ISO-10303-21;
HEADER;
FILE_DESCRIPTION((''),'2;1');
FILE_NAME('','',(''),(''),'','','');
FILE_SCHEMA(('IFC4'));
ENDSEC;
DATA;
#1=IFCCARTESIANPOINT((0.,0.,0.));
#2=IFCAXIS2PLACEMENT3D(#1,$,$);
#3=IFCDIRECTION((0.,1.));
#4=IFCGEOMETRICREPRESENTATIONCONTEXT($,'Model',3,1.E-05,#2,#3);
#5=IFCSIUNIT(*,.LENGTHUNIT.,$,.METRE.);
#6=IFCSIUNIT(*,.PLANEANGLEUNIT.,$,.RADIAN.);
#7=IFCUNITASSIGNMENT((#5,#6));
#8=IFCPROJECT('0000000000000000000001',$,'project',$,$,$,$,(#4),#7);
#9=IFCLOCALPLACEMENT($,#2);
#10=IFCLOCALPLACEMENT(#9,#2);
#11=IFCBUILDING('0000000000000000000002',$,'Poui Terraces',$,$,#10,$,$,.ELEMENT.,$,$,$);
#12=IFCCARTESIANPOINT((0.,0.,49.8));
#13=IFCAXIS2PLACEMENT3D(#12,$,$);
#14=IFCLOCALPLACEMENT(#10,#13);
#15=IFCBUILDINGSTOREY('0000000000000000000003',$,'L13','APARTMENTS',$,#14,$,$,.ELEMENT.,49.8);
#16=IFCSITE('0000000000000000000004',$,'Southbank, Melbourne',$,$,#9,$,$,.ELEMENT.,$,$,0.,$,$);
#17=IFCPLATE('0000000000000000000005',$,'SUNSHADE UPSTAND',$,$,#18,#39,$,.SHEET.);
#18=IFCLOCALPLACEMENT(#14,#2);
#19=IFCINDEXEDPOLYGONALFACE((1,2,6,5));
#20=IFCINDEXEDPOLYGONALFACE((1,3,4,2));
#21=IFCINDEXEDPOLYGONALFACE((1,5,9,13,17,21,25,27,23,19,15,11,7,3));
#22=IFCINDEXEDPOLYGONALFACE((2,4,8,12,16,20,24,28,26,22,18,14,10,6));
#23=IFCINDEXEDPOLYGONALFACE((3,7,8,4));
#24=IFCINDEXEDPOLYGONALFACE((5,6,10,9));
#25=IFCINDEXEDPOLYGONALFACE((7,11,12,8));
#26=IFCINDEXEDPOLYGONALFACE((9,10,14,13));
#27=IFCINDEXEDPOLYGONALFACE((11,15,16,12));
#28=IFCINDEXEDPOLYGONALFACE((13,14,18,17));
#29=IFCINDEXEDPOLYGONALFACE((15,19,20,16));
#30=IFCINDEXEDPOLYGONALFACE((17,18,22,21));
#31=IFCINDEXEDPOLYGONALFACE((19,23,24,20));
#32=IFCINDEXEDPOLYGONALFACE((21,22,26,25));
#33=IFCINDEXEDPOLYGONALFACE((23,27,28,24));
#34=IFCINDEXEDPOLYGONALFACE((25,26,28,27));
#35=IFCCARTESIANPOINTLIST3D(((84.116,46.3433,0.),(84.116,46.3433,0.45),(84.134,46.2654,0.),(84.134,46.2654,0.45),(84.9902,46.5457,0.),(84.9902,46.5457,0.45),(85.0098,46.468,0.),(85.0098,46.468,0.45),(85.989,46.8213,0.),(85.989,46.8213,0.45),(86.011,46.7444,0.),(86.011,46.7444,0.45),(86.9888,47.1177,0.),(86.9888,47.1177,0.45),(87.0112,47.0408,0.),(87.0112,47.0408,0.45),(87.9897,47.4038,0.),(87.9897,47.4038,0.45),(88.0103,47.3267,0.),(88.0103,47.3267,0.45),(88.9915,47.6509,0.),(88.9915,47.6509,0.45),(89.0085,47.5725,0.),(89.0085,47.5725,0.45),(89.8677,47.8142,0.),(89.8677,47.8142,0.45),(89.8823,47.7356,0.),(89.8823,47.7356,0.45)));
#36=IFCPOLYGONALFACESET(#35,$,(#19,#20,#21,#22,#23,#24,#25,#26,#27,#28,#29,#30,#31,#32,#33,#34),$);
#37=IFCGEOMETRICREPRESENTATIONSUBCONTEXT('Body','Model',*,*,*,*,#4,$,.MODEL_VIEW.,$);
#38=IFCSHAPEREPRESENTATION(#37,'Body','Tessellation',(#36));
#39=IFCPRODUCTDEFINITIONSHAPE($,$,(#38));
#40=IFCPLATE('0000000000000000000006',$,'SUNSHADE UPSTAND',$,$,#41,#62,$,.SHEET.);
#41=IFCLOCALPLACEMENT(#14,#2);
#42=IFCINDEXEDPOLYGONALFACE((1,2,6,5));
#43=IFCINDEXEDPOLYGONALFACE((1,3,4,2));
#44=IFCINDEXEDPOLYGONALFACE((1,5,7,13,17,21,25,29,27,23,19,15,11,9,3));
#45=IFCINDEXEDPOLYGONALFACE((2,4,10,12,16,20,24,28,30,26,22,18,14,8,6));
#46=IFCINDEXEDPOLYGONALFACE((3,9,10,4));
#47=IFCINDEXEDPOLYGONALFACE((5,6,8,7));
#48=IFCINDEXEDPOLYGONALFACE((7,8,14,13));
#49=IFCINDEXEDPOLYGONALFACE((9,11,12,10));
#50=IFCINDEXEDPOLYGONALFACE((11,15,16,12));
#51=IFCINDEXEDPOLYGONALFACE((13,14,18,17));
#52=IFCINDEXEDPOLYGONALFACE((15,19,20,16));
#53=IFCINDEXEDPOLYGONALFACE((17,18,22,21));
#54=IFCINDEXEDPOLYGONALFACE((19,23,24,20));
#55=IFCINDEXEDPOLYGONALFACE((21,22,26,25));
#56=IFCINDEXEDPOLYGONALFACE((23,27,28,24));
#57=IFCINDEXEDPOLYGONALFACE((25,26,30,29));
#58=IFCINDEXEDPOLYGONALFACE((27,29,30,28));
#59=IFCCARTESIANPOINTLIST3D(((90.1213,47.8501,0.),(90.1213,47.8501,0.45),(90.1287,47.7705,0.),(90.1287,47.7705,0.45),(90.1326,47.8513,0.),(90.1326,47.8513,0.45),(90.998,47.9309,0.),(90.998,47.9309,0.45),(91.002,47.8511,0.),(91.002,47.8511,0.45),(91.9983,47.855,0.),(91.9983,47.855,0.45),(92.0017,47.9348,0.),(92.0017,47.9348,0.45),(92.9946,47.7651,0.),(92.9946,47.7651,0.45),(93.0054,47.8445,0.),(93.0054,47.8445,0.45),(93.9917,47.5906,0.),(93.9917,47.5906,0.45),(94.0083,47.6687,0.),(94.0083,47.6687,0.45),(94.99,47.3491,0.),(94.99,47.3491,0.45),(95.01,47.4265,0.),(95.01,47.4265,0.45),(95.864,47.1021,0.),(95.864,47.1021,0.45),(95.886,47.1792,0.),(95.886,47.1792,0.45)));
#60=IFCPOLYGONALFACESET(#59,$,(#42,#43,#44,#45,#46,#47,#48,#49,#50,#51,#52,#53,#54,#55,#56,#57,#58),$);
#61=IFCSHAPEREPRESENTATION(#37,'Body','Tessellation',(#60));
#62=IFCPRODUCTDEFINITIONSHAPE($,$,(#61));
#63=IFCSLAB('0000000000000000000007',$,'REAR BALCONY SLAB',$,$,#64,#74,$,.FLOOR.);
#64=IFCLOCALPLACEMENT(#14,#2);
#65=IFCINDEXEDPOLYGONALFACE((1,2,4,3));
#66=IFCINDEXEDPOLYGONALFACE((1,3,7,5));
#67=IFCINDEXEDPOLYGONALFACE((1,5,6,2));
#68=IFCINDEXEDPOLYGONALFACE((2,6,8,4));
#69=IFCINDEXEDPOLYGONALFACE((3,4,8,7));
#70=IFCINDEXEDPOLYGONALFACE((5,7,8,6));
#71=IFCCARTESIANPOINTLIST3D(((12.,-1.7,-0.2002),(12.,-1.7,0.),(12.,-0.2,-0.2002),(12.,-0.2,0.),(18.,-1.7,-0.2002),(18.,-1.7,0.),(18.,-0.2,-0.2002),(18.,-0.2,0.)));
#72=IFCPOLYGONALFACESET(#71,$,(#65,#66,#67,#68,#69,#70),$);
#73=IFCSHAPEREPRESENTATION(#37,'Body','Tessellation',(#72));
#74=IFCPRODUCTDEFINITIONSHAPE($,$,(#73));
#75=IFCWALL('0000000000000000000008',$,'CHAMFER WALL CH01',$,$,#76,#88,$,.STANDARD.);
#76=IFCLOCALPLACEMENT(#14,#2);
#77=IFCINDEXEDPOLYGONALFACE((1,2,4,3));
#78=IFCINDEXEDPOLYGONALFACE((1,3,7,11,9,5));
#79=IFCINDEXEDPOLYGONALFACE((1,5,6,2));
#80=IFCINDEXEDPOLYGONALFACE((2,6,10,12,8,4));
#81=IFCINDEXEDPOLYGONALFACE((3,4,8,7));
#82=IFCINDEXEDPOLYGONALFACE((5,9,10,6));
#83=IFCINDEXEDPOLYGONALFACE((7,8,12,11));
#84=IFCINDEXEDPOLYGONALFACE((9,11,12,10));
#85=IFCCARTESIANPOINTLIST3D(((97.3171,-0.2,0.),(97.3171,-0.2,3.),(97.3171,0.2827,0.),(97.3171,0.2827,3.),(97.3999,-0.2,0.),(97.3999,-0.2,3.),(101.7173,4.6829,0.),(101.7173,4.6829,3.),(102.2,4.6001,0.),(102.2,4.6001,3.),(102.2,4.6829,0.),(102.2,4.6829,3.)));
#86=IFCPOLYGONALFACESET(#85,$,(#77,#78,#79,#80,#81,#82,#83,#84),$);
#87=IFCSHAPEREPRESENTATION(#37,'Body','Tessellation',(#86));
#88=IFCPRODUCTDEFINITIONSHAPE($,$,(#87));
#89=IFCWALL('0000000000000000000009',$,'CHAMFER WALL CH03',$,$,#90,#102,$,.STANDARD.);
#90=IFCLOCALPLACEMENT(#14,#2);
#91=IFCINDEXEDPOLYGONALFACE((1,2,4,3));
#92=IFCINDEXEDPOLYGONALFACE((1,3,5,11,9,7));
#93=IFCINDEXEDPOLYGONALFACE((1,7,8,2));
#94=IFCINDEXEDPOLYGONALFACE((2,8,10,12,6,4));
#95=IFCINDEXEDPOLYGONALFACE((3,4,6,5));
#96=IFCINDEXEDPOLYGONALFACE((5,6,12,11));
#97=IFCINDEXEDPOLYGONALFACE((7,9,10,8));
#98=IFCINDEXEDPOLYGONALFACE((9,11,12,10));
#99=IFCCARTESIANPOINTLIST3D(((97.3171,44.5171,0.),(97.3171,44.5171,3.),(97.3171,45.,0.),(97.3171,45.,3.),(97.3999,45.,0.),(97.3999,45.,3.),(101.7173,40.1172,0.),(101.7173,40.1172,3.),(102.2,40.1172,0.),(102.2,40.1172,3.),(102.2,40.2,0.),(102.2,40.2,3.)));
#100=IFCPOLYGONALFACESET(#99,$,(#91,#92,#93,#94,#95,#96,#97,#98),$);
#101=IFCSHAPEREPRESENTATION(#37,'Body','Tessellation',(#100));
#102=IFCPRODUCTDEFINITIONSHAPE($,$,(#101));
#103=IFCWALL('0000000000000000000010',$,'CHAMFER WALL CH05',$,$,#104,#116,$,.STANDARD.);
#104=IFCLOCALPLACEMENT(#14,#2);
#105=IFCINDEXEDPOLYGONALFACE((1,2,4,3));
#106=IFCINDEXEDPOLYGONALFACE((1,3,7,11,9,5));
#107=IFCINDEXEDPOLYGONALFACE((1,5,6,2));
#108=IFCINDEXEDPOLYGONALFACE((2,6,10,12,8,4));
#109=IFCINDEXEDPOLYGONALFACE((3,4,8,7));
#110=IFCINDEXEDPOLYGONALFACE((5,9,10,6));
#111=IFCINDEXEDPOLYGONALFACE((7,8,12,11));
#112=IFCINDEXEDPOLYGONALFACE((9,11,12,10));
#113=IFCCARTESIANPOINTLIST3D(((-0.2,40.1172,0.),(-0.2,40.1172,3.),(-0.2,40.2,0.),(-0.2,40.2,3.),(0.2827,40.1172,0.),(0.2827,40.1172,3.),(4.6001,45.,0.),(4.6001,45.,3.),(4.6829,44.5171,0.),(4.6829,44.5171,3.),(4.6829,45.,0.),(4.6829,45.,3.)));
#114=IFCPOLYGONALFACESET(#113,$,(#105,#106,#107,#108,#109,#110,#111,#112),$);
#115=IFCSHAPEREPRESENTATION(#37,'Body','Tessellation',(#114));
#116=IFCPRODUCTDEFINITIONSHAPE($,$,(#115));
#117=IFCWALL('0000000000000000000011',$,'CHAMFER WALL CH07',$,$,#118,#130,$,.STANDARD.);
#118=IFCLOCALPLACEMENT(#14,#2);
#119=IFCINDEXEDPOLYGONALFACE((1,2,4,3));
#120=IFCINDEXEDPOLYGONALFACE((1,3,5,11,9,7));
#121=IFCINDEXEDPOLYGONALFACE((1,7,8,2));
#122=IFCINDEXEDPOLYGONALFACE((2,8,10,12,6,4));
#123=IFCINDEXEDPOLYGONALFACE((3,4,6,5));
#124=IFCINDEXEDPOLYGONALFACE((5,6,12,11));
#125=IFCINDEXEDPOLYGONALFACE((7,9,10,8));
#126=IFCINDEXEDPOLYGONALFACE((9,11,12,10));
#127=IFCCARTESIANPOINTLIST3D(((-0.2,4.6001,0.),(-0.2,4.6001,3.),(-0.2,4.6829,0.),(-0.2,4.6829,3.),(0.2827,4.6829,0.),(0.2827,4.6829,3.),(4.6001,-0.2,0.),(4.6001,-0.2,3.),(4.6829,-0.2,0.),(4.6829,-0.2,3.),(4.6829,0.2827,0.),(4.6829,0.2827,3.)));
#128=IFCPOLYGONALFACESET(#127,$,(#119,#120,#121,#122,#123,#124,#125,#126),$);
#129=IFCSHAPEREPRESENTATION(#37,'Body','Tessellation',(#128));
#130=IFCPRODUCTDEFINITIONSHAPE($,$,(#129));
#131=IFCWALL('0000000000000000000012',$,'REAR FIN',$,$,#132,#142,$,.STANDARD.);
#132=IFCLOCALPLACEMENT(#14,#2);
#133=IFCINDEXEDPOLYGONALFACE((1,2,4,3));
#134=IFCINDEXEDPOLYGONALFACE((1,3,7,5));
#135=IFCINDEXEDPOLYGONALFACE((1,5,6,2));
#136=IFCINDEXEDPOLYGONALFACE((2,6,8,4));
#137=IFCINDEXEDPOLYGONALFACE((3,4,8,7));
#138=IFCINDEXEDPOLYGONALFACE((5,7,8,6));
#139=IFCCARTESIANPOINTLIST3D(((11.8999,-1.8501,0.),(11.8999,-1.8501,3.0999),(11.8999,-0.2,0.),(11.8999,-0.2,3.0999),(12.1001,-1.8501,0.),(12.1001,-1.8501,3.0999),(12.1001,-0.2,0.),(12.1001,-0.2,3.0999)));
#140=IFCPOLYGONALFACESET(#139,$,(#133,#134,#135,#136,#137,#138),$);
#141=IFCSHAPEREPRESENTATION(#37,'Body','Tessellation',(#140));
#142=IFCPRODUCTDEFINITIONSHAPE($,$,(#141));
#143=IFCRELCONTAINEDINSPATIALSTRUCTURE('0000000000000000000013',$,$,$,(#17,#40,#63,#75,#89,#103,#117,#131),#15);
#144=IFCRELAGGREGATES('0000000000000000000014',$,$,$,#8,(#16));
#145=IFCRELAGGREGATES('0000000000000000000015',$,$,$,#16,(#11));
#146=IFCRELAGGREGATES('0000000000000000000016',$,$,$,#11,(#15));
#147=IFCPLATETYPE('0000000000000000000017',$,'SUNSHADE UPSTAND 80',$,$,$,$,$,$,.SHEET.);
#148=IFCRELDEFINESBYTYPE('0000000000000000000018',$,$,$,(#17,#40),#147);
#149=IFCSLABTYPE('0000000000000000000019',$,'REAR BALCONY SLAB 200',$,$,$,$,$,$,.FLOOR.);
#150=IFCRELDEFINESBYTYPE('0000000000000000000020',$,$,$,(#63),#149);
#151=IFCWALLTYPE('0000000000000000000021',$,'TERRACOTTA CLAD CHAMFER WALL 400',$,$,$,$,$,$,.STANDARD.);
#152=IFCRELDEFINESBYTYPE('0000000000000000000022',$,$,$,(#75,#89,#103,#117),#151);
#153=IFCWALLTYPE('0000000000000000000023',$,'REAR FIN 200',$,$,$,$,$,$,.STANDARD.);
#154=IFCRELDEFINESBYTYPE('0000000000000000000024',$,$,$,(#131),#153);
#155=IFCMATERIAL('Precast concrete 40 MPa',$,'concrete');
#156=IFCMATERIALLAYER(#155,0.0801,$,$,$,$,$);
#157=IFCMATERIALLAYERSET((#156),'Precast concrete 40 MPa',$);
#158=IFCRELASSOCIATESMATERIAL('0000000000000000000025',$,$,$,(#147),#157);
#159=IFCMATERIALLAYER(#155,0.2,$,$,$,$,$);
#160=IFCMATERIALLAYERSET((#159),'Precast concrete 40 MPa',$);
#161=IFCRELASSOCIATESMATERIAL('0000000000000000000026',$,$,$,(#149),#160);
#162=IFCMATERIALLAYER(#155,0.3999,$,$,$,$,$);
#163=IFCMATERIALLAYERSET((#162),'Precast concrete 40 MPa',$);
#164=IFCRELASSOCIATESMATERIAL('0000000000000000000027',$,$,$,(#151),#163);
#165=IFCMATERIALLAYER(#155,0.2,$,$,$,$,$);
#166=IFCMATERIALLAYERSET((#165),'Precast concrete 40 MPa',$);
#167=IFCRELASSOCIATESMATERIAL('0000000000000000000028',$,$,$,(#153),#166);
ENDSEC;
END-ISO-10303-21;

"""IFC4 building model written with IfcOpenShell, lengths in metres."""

from ifc_helpers import new_model, si_unit, direction, frame, origin, place, context, subcontext, project, spatial, polyline, outline, extrude, source, transform, mapped, material, layer, layer_set, type_object, element, save


model = new_model("IFC4")

# Units and contexts
model_context = context("Model", 3, precision=1e-05, world=origin(), true_north=direction((0.0, 1.0)))
body_context = subcontext(model_context, "Body", "Model", "MODEL_VIEW")
ifc_project = project(units=[si_unit("LENGTHUNIT", "METRE"), si_unit("PLANEANGLEUNIT", "RADIAN")], contexts=[model_context])

# Site, building, storey
site_placement = place(None, origin())
site = spatial("IfcSite", under=ifc_project, at=site_placement, Name="Southbank, Melbourne", CompositionType="ELEMENT", RefElevation=0.0)
building_placement = place(site_placement, origin())
building = spatial("IfcBuilding", under=site, at=building_placement, Name="Poui Terraces", CompositionType="ELEMENT")
storey_placement = place(building_placement, frame((0.0, 0.0, 49.8)))
storey = spatial("IfcBuildingStorey", under=building, at=storey_placement, Name="L13", Description="APARTMENTS", CompositionType="ELEMENT", Elevation=49.8)

# Shared definitions
ifc_material_1 = material(Name="Precast concrete 40 MPa", Category="concrete")

# Plates
ifc_layer_1 = layer(ifc_material_1, 0.0801)
ifc_layer_set_1 = layer_set([ifc_layer_1], Name="Precast concrete 40 MPa")
plate_type = type_object("IfcPlateType", Name="SUNSHADE UPSTAND 80", PredefinedType="SHEET", material=ifc_layer_set_1)
plate_1_placement = place(storey_placement, origin())
element("IfcPlate", 1, at=plate_1_placement, inside=storey, type_object=plate_type, Name="SUNSHADE UPSTAND", PredefinedType="SHEET", context=body_context, shape_type="SweptSolid", body=[
    extrude(outline(polyline([(84.9902, 46.5457), (84.116, 46.3433), (84.134, 46.2654), (85.0098, 46.468), (86.011, 46.7444), (87.0112, 47.0408), (88.0103, 47.3267), (89.0085, 47.5725), (89.8823, 47.7356), (89.8677, 47.8142), (88.9915, 47.6509), (87.9897, 47.4038), (86.9888, 47.1177), (85.989, 46.8213), (84.9902, 46.5457)])), origin(), (0.0, 0.0, 1.0), 0.45),
])
plate_2_placement = place(storey_placement, origin())
element("IfcPlate", 2, at=plate_2_placement, inside=storey, type_object=plate_type, Name="SUNSHADE UPSTAND", PredefinedType="SHEET", context=body_context, shape_type="SweptSolid", body=[
    extrude(outline(polyline([(90.998, 47.9309), (90.1326, 47.8513), (90.1213, 47.8501), (90.1287, 47.7705), (91.002, 47.8511), (91.9983, 47.855), (92.9946, 47.7651), (93.9917, 47.5906), (94.99, 47.3491), (95.864, 47.1021), (95.886, 47.1792), (95.01, 47.4265), (94.0083, 47.6687), (93.0054, 47.8445), (92.0017, 47.9348), (90.998, 47.9309)])), origin(), (0.0, 0.0, 1.0), 0.45),
])

# Slab
ifc_layer_2 = layer(ifc_material_1, 0.2)
ifc_layer_set_2 = layer_set([ifc_layer_2], Name="Precast concrete 40 MPa")
slab_type_1 = type_object("IfcSlabType", Name="REAR BALCONY SLAB 200", PredefinedType="FLOOR", material=ifc_layer_set_2)
shared_shape_1 = source(origin(), body_context, "Body", "SweptSolid", [
    extrude(outline(polyline([(0.0, 0.0), (6.0, 0.0), (6.0, 1.5), (0.0, 1.5), (0.0, 0.0)])), origin(), (0.0, 0.0, 1.0), 0.2002),
])
slab_1_placement = place(storey_placement, frame((12.0, -1.7, -0.2002)))
element("IfcSlab", 3, at=slab_1_placement, inside=storey, type_object=slab_type_1, Name="REAR BALCONY SLAB", PredefinedType="FLOOR", context=body_context, shape_type="MappedRepresentation", body=[
    mapped(shared_shape_1, transform((0.0, 0.0, 0.0))),
])

# Walls
ifc_layer_3 = layer(ifc_material_1, 0.3999)
ifc_layer_set_3 = layer_set([ifc_layer_3], Name="Precast concrete 40 MPa")
wall_type_1 = type_object("IfcWallType", Name="TERRACOTTA CLAD CHAMFER WALL 400", PredefinedType="STANDARD", material=ifc_layer_set_3)
wall_1_placement = place(storey_placement, origin())
element("IfcWall", 4, at=wall_1_placement, inside=storey, type_object=wall_type_1, Name="CHAMFER WALL CH01", PredefinedType="STANDARD", context=body_context, shape_type="SweptSolid", body=[
    extrude(outline(polyline([(97.3171, -0.2), (97.3999, -0.2), (102.2, 4.6001), (102.2, 4.6829), (101.7173, 4.6829), (97.3171, 0.2827), (97.3171, -0.2)])), origin(), (0.0, 0.0, 1.0), 3.0),
])
wall_2_placement = place(storey_placement, origin())
element("IfcWall", 5, at=wall_2_placement, inside=storey, type_object=wall_type_1, Name="CHAMFER WALL CH03", PredefinedType="STANDARD", context=body_context, shape_type="SweptSolid", body=[
    extrude(outline(polyline([(102.2, 40.1172), (102.2, 40.2), (97.3999, 45.0), (97.3171, 45.0), (97.3171, 44.5171), (101.7173, 40.1172), (102.2, 40.1172)])), origin(), (0.0, 0.0, 1.0), 3.0),
])
wall_3_placement = place(storey_placement, origin())
element("IfcWall", 6, at=wall_3_placement, inside=storey, type_object=wall_type_1, Name="CHAMFER WALL CH05", PredefinedType="STANDARD", context=body_context, shape_type="SweptSolid", body=[
    extrude(outline(polyline([(4.6829, 45.0), (4.6001, 45.0), (-0.2, 40.2), (-0.2, 40.1172), (0.2827, 40.1172), (4.6829, 44.5171), (4.6829, 45.0)])), origin(), (0.0, 0.0, 1.0), 3.0),
])
wall_4_placement = place(storey_placement, origin())
element("IfcWall", 7, at=wall_4_placement, inside=storey, type_object=wall_type_1, Name="CHAMFER WALL CH07", PredefinedType="STANDARD", context=body_context, shape_type="SweptSolid", body=[
    extrude(outline(polyline([(-0.2, 4.6829), (-0.2, 4.6001), (4.6001, -0.2), (4.6829, -0.2), (4.6829, 0.2827), (0.2827, 4.6829), (-0.2, 4.6829)])), origin(), (0.0, 0.0, 1.0), 3.0),
])
ifc_layer_4 = layer(ifc_material_1, 0.2)
ifc_layer_set_4 = layer_set([ifc_layer_4], Name="Precast concrete 40 MPa")
wall_type_2 = type_object("IfcWallType", Name="REAR FIN 200", PredefinedType="STANDARD", material=ifc_layer_set_4)
shared_shape_2 = source(origin(), body_context, "Body", "SweptSolid", [
    extrude(outline(polyline([(0.0, 0.0), (0.2002, 0.0), (0.2002, 1.6501), (0.0, 1.6501), (0.0, 0.0)])), origin(), (0.0, 0.0, 1.0), 3.0999),
])
wall_5_placement = place(storey_placement, frame((11.8999, -1.8501, 0.0)))
element("IfcWall", 8, at=wall_5_placement, inside=storey, type_object=wall_type_2, Name="REAR FIN", PredefinedType="STANDARD", context=body_context, shape_type="MappedRepresentation", body=[
    mapped(shared_shape_2, transform((0.0, 0.0, 0.0))),
])

save(model, "model.ifc")
